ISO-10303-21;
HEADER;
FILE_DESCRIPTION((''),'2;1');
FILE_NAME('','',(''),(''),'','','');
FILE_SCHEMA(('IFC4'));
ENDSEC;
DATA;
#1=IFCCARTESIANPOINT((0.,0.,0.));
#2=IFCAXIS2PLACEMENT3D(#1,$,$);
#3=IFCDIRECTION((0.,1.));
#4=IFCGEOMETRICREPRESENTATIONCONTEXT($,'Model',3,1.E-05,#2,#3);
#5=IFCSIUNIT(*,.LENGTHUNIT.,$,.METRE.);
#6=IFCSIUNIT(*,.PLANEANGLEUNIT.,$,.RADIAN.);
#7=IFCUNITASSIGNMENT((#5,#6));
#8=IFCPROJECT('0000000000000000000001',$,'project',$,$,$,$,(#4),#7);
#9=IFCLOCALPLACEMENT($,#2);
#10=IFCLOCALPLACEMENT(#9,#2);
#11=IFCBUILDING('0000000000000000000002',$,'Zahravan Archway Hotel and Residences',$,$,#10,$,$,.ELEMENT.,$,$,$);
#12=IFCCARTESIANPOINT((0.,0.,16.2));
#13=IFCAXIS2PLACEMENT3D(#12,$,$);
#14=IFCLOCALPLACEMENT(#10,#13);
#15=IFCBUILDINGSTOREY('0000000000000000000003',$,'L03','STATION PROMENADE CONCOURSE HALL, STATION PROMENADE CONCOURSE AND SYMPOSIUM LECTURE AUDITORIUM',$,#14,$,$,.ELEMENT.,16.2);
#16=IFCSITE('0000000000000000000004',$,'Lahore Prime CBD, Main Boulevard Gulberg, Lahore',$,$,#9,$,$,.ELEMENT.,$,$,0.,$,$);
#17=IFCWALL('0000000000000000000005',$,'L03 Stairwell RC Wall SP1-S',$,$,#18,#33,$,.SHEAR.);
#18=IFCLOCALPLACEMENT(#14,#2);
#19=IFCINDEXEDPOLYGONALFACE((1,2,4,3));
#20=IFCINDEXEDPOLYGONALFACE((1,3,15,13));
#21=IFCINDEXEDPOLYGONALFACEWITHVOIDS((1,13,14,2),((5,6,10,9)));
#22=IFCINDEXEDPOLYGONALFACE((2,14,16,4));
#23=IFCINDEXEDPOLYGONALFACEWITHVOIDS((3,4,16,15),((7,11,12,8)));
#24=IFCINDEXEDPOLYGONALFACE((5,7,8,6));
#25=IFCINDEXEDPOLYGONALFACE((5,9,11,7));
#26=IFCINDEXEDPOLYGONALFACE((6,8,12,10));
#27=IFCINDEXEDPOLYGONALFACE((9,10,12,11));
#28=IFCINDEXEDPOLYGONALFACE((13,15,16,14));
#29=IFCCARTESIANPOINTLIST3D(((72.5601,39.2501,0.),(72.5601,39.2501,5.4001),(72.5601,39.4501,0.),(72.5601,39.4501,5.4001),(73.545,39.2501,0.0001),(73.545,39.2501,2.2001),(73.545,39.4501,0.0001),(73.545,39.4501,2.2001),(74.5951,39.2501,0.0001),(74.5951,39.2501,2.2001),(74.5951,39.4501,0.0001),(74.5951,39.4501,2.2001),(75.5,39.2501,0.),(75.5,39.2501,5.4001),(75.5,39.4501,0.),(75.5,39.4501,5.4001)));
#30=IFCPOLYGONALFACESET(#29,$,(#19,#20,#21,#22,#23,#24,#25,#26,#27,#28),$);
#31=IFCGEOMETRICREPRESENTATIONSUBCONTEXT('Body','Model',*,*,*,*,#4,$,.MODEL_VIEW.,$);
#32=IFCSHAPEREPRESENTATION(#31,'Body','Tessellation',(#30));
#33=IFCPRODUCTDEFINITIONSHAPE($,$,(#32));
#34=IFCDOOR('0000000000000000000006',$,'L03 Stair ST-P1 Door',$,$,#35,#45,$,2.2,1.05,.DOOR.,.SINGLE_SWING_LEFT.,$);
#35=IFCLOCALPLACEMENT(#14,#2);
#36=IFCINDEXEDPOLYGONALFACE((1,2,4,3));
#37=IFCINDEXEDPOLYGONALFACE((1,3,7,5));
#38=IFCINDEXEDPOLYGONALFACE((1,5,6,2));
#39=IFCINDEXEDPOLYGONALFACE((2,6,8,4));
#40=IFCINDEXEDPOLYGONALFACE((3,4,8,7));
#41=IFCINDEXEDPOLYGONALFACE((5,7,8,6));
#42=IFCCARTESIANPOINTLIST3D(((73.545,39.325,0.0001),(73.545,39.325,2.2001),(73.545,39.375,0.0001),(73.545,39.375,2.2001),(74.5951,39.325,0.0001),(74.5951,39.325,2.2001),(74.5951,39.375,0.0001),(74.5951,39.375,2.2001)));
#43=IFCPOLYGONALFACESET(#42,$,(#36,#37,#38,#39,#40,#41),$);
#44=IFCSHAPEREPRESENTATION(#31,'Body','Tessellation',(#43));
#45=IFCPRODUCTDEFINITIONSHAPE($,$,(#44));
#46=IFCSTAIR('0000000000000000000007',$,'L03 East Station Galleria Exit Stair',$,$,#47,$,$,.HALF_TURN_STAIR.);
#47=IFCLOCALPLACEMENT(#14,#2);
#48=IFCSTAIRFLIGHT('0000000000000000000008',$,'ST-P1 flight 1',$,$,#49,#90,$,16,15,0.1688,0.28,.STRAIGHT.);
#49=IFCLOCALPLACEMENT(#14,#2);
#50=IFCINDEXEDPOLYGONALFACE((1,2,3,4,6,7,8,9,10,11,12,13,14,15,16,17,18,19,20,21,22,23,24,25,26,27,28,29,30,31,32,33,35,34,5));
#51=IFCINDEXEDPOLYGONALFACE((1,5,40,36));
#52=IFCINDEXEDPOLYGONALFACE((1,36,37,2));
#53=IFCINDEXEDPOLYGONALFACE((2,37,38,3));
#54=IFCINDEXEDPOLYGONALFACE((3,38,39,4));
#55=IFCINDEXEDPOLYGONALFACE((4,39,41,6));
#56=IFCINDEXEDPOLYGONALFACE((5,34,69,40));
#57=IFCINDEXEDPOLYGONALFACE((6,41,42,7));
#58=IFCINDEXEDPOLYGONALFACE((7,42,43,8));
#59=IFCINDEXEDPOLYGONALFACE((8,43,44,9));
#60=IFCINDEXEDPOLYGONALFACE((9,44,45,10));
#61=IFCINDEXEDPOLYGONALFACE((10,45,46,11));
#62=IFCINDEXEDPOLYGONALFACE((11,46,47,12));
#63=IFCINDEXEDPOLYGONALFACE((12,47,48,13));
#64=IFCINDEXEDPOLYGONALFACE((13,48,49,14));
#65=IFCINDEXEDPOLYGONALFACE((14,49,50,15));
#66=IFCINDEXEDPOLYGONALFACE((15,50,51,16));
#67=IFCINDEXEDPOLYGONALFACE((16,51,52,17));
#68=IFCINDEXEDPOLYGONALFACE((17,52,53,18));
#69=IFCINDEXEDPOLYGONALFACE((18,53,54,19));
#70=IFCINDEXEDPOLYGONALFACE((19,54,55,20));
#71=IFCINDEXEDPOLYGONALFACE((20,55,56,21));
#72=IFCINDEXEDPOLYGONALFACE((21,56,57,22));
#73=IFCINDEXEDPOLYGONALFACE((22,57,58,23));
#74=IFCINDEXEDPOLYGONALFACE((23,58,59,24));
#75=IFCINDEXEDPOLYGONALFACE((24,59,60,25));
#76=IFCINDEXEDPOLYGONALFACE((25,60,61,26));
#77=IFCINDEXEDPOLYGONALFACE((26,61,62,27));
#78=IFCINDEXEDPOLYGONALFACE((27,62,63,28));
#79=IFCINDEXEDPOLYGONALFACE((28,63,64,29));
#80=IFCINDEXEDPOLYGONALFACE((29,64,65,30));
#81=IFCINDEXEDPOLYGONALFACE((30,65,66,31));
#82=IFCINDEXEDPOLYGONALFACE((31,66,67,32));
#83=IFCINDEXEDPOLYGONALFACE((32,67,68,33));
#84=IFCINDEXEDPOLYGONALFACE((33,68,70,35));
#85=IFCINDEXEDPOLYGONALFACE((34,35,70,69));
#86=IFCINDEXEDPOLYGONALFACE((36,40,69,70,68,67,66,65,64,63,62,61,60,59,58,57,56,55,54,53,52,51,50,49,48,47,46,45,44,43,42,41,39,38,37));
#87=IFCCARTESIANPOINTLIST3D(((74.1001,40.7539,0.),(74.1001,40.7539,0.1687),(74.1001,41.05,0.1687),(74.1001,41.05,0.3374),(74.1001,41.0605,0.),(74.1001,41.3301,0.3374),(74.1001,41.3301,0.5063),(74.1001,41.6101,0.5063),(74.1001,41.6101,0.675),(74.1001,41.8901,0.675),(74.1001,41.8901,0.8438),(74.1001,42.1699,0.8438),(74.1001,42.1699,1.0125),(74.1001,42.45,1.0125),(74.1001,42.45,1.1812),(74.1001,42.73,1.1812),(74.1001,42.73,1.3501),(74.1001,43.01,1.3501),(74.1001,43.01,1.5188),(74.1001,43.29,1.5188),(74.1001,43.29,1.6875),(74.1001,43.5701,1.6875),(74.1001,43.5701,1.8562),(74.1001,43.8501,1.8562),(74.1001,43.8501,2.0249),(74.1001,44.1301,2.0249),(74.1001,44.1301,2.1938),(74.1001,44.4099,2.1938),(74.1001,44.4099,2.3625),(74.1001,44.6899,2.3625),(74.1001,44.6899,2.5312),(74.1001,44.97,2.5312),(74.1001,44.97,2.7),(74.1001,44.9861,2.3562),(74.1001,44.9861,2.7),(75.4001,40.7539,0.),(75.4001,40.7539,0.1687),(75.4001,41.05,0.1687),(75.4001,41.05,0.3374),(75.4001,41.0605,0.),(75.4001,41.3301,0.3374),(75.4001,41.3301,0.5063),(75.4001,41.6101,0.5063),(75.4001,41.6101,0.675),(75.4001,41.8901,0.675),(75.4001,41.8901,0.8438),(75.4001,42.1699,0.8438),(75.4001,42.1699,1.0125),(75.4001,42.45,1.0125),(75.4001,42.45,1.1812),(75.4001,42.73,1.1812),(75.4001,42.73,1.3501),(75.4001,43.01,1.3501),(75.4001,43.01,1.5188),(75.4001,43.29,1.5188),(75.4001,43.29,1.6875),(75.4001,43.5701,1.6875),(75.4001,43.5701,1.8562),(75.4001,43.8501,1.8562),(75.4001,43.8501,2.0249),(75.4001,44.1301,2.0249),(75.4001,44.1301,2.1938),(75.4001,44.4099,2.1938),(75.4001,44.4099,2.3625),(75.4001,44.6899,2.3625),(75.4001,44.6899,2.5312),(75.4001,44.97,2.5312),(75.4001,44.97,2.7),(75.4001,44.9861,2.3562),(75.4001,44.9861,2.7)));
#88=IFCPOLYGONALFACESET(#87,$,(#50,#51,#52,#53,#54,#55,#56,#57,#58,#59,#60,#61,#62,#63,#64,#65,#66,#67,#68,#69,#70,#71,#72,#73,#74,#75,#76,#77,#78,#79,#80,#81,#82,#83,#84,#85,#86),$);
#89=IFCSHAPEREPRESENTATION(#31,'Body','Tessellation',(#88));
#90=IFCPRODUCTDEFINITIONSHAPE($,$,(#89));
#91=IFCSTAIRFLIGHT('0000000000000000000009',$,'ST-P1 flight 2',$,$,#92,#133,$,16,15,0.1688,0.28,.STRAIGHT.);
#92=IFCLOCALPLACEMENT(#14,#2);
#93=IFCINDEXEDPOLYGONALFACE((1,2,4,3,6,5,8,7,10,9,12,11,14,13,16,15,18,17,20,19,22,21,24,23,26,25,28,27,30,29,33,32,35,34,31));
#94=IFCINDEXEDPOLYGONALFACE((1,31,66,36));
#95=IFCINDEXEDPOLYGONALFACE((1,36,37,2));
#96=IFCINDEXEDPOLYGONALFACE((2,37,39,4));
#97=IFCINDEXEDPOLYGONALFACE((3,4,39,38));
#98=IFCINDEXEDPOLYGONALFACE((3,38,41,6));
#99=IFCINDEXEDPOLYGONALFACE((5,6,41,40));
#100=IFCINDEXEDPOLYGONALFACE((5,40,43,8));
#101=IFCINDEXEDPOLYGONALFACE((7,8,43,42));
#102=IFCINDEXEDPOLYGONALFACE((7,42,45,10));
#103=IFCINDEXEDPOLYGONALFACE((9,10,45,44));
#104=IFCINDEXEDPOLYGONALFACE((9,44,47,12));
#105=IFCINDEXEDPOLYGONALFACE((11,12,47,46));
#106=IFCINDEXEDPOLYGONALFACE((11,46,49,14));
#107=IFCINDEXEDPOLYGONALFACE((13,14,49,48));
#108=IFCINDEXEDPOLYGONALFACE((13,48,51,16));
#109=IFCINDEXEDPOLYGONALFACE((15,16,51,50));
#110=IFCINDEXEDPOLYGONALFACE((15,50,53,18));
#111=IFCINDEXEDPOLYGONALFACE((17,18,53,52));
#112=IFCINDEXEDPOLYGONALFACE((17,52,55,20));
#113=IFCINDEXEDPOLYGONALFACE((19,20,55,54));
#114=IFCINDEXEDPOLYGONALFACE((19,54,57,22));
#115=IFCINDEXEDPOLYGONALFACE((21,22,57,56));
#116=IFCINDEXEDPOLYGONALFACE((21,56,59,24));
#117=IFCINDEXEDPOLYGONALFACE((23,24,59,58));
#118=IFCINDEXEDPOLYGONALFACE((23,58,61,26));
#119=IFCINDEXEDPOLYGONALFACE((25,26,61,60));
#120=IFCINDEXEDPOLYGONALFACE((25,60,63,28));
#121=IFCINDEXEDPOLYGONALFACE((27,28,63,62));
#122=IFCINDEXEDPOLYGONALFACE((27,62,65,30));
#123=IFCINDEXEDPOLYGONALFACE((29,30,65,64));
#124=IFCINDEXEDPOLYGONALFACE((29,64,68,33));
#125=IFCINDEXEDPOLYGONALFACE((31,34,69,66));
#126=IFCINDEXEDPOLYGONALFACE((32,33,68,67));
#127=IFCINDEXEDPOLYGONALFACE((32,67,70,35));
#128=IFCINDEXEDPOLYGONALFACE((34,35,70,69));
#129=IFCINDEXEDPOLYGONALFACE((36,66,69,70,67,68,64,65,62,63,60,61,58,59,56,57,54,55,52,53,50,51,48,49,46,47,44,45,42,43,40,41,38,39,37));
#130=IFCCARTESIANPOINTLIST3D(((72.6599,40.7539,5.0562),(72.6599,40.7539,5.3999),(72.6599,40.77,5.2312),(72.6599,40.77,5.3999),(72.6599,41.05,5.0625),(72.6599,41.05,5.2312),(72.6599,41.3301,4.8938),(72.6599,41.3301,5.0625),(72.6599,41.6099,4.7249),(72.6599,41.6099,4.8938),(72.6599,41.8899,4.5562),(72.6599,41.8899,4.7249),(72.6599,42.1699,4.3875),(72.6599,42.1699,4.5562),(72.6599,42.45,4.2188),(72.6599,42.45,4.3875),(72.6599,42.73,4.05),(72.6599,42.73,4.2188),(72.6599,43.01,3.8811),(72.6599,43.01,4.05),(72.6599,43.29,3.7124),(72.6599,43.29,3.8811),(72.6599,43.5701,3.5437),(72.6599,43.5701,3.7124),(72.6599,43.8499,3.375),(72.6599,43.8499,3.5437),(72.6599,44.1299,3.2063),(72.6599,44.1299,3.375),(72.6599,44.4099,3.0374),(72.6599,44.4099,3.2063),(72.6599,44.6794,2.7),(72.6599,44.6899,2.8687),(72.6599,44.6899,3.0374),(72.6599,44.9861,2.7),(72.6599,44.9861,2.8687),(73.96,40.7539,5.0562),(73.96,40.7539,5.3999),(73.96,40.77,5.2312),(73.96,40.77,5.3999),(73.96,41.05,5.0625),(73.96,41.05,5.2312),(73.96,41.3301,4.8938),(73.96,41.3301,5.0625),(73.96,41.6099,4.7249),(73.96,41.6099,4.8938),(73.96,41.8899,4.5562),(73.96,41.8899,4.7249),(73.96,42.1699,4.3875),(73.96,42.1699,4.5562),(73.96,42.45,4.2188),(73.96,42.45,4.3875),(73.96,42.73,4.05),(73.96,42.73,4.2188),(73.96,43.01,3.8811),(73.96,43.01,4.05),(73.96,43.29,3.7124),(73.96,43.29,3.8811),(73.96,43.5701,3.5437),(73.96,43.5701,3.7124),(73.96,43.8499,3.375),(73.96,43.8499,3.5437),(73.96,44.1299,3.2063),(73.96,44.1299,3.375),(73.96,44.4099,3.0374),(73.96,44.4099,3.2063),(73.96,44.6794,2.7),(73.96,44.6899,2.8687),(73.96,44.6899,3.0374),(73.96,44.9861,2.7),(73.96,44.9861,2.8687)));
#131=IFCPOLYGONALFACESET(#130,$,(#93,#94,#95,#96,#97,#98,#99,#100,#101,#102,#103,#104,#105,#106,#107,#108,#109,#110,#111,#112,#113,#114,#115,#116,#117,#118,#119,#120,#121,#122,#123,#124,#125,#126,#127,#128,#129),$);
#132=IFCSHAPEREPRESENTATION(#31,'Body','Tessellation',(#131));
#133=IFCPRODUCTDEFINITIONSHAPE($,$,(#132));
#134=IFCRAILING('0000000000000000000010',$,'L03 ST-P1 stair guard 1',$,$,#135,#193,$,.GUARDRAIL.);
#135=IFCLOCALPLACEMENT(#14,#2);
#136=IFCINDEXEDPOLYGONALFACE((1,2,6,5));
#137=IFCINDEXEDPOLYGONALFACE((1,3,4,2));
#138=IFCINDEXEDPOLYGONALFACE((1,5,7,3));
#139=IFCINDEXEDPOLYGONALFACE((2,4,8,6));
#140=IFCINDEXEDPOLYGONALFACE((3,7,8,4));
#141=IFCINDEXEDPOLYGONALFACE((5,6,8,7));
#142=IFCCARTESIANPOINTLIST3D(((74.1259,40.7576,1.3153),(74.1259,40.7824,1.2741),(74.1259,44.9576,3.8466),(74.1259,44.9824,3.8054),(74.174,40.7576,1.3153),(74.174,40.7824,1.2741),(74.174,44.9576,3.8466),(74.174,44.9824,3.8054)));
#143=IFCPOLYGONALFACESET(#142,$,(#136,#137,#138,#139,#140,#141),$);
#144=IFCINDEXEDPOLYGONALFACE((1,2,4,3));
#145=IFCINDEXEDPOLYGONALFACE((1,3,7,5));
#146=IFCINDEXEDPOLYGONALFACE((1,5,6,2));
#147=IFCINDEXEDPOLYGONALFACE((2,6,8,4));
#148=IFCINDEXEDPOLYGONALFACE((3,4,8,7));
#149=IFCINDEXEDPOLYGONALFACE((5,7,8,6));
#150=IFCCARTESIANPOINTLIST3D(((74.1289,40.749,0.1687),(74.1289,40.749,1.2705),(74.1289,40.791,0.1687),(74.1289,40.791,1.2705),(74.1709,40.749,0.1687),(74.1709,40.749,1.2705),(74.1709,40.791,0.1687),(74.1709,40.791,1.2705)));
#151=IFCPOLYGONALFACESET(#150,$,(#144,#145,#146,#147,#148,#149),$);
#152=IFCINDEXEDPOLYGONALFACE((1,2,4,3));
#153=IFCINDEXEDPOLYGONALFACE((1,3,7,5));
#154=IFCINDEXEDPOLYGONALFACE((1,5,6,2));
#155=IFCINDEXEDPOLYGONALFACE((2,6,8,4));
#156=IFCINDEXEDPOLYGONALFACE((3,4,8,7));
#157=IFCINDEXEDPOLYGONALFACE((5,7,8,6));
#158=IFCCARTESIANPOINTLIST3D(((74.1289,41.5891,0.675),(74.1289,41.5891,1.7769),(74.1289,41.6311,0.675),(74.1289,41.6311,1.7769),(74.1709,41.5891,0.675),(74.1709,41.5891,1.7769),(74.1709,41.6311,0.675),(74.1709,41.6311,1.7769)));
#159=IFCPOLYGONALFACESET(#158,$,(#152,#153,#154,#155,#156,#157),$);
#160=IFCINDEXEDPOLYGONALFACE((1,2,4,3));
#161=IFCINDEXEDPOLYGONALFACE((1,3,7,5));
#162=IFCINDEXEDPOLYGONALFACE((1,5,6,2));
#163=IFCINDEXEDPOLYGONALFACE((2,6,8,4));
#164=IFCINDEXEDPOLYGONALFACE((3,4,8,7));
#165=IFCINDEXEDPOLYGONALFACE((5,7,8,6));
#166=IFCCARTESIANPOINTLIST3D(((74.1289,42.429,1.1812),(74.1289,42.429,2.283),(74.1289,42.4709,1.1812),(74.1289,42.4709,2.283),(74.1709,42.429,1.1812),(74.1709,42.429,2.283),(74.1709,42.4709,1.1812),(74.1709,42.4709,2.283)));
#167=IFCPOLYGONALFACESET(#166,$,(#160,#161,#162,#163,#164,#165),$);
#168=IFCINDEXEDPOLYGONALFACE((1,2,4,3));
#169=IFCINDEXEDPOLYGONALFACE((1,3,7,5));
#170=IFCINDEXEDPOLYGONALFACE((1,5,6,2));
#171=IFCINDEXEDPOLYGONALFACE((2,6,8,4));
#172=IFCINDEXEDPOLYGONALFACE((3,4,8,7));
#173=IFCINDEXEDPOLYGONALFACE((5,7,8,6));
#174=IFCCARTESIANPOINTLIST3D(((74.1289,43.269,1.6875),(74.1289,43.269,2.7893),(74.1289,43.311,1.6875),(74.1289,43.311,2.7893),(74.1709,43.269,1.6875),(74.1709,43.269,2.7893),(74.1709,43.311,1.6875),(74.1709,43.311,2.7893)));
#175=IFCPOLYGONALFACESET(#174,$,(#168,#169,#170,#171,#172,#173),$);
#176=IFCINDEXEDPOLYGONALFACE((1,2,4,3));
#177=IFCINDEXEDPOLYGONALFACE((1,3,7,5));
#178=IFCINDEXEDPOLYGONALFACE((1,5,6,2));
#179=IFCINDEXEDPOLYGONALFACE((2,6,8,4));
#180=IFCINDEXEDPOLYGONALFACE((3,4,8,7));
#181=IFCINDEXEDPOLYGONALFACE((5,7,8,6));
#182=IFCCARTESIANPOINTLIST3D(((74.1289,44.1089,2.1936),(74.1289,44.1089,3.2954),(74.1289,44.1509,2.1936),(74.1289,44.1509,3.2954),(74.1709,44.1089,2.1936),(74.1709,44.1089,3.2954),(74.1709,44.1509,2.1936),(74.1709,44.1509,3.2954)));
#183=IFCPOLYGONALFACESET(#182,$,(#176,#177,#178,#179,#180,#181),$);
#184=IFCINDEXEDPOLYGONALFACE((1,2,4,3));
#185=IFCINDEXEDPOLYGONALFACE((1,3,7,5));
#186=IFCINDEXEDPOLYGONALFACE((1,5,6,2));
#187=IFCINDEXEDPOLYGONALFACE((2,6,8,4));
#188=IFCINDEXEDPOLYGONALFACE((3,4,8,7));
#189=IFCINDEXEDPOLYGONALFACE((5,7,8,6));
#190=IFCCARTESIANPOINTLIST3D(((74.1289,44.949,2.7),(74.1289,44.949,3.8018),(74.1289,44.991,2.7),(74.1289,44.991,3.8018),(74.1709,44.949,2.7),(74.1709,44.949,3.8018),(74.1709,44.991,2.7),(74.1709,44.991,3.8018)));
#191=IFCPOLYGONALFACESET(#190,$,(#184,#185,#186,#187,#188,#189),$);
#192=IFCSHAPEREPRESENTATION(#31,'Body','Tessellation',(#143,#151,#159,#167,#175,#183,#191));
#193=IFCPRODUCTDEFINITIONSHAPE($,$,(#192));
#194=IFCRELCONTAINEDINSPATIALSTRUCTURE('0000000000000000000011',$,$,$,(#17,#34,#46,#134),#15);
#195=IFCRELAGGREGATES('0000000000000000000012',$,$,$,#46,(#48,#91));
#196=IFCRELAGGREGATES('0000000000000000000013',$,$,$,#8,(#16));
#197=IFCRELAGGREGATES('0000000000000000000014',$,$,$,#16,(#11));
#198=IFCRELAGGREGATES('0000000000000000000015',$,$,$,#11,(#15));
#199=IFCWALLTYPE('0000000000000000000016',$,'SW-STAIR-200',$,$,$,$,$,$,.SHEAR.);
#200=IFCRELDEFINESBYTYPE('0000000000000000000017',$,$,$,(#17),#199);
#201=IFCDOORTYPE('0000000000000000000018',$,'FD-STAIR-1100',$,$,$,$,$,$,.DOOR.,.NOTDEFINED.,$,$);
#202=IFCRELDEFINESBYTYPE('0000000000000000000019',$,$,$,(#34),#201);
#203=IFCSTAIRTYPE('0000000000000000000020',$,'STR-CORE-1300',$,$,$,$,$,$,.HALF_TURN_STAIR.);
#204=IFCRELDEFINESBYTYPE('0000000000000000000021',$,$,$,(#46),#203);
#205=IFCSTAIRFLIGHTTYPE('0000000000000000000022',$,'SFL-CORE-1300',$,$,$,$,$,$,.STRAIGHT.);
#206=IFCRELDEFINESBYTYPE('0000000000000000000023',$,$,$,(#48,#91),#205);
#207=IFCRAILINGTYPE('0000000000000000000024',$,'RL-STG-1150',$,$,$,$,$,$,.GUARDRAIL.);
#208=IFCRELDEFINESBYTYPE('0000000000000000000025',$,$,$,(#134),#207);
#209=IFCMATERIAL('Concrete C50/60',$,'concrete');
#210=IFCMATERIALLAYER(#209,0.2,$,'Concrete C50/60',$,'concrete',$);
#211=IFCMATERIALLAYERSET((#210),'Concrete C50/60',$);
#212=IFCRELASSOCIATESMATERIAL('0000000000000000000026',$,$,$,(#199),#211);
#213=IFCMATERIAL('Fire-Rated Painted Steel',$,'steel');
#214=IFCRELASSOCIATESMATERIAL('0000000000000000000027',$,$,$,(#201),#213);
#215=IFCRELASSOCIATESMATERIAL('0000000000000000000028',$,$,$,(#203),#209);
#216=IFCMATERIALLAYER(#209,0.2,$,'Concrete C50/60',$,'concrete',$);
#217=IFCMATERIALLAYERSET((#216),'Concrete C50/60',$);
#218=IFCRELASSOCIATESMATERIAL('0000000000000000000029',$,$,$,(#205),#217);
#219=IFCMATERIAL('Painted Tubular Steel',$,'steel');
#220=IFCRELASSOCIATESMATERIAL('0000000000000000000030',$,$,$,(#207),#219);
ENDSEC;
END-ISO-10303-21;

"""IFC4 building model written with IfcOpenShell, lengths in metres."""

from ifc_helpers import new_model, si_unit, direction, frame, frame_2d, origin, origin_2d, place, context, subcontext, project, spatial, polyline, rectangle, outline, extrude, source, transform, mapped, material, layer, layer_set, type_object, type_shapes, element, fill, aggregate, save


model = new_model("IFC4")

# Units and contexts
model_context = context("Model", 3, precision=1e-05, world=origin(), true_north=direction((0.0, 1.0)))
body_context = subcontext(model_context, "Body", "Model", "MODEL_VIEW")
ifc_project = project(units=[si_unit("LENGTHUNIT", "METRE"), si_unit("PLANEANGLEUNIT", "RADIAN")], contexts=[model_context])

# Site, building, storey
site_placement = place(None, origin())
site = spatial("IfcSite", under=ifc_project, at=site_placement, Name="Lahore Prime CBD, Main Boulevard Gulberg, Lahore", CompositionType="ELEMENT", RefElevation=0.0)
building_placement = place(site_placement, origin())
building = spatial("IfcBuilding", under=site, at=building_placement, Name="Zahravan Archway Hotel and Residences", CompositionType="ELEMENT")
storey_placement = place(building_placement, frame((0.0, 0.0, 16.2)))
storey = spatial("IfcBuildingStorey", under=building, at=storey_placement, Name="L03", Description="STATION PROMENADE CONCOURSE HALL, STATION PROMENADE CONCOURSE AND SYMPOSIUM LECTURE AUDITORIUM", CompositionType="ELEMENT", Elevation=16.2)

# Shared definitions
ifc_material_1 = material(Name="Concrete C50/60", Category="concrete")
ifc_layer_1 = layer(ifc_material_1, 0.2, Name="Concrete C50/60", Category="concrete")
ifc_layer_set_1 = layer_set([ifc_layer_1], Name="Concrete C50/60")
wall_type_1 = type_object("IfcWallType", Name="SW-STAIR-200", PredefinedType="SHEAR", material=ifc_layer_set_1)

# Wall, opening, door
wall_1_placement = place(storey_placement, frame((72.5601, 39.3501, 0.0), z_axis=(0.0, 0.0, 1.0), x_axis=(1.0, 0.0, 0.0)))
wall_1 = element("IfcWall", 1, at=wall_1_placement, inside=storey, type_object=wall_type_1, Name="L03 Stairwell RC Wall SP1-S", PredefinedType="SHEAR", context=body_context, shape_type="SweptSolid", body=[
    extrude(rectangle(XDim=2.9399, YDim=0.2, at=frame_2d((1.47, 0.0))), origin(), (0.0, 0.0, 1.0), 5.4001),
])
opening_placement = place(wall_1_placement, frame((0.9851, 0.0, 0.0)))
opening = element("IfcOpeningElement", 2, at=opening_placement, cuts=wall_1, PredefinedType="OPENING", context=body_context, shape_type="SweptSolid", body=[
    extrude(rectangle(XDim=1.05, YDim=2.2, at=frame_2d((0.5249, 1.1001))), frame((0.0, 0.1099, 0.0), z_axis=(0.0, -1.0, 0.0), x_axis=(1.0, 0.0, 0.0)), (0.0, 0.0, 1.0), 0.22),
])
ifc_material_2 = material(Name="Fire-Rated Painted Steel", Category="steel")
door_type = type_object("IfcDoorType", Name="FD-STAIR-1100", OperationType="NOTDEFINED", PredefinedType="DOOR", material=ifc_material_2)
shared_shape_1 = source(origin(), body_context, "Body", "SweptSolid", [
    extrude(rectangle(XDim=1.05, YDim=2.2, at=frame_2d((0.5249, 1.1001))), frame((0.0, 0.0249, 0.0), z_axis=(0.0, -1.0, 0.0), x_axis=(1.0, 0.0, 0.0)), (0.0, 0.0, 1.0), 0.05),
])
type_shapes(door_type, [shared_shape_1])
door_placement = place(opening_placement, origin())
door = element("IfcDoor", 3, at=door_placement, inside=storey, type_object=door_type, Name="L03 Stair ST-P1 Door", OperationType="SINGLE_SWING_LEFT", OverallHeight=2.2, OverallWidth=1.05, PredefinedType="DOOR", context=body_context, shape_type="MappedRepresentation", body=[
    mapped(shared_shape_1, transform((0.0, 0.0, 0.0), scale=1.0)),
])
fill(opening, door)

# Stair, stair flights
stair_type = type_object("IfcStairType", Name="STR-CORE-1300", PredefinedType="HALF_TURN_STAIR", material=ifc_material_1)
stair_placement = place(storey_placement, origin())
stair = element("IfcStair", 4, at=stair_placement, inside=storey, type_object=stair_type, Name="L03 East Station Galleria Exit Stair", PredefinedType="HALF_TURN_STAIR")
ifc_layer_2 = layer(ifc_material_1, 0.2, Name="Concrete C50/60", Category="concrete")
ifc_layer_set_2 = layer_set([ifc_layer_2], Name="Concrete C50/60")
stair_flight_type = type_object("IfcStairFlightType", Name="SFL-CORE-1300", PredefinedType="STRAIGHT", material=ifc_layer_set_2)
shared_shape_2 = source(origin(), body_context, "Body", "SweptSolid", [
    extrude(outline(polyline([(-0.0161, 0.0), (-0.0161, 0.1687), (0.28, 0.1687), (0.28, 0.3374), (0.5601, 0.3374), (0.5601, 0.5063), (0.8401, 0.5063), (0.8401, 0.675), (1.1201, 0.675), (1.1201, 0.8438), (1.3999, 0.8438), (1.3999, 1.0125), (1.6799, 1.0125), (1.6799, 1.1812), (1.96, 1.1812), (1.96, 1.3501), (2.24, 1.3501), (2.24, 1.5188), (2.52, 1.5188), (2.52, 1.6875), (2.8, 1.6875), (2.8, 1.8562), (3.0801, 1.8562), (3.0801, 2.0249), (3.3601, 2.0249), (3.3601, 2.1938), (3.6399, 2.1938), (3.6399, 2.3625), (3.9199, 2.3625), (3.9199, 2.5312), (4.2, 2.5312), (4.2, 2.7), (4.2161, 2.7), (4.2161, 2.3562), (0.2905, 0.0), (-0.0161, 0.0)])), frame((0.0, 0.6499, 0.0), z_axis=(0.0, -1.0, 0.0), x_axis=(1.0, 0.0, 0.0)), (0.0, 0.0, 1.0), 1.3),
])
stair_flight_1_placement = place(storey_placement, frame((74.75, 40.77, 0.0), z_axis=(0.0, 0.0, 1.0), x_axis=(0.0, 1.0, 0.0)))
stair_flight_1 = element("IfcStairFlight", 5, at=stair_flight_1_placement, type_object=stair_flight_type, Name="ST-P1 flight 1", NumberOfRisers=16, NumberOfTreads=15, PredefinedType="STRAIGHT", RiserHeight=0.1688, TreadLength=0.28, context=body_context, shape_type="MappedRepresentation", body=[
    mapped(shared_shape_2, transform((0.0, 0.0, 0.0), scale=1.0)),
])
stair_flight_2_placement = place(storey_placement, frame((73.3101, 44.97, 2.7), z_axis=(0.0, 0.0, 1.0), x_axis=(0.0, -1.0, 0.0)))
stair_flight_2 = element("IfcStairFlight", 6, at=stair_flight_2_placement, type_object=stair_flight_type, Name="ST-P1 flight 2", NumberOfRisers=16, NumberOfTreads=15, PredefinedType="STRAIGHT", RiserHeight=0.1688, TreadLength=0.28, context=body_context, shape_type="MappedRepresentation", body=[
    mapped(shared_shape_2, transform((0.0, 0.0, 0.0), scale=1.0)),
])
aggregate(stair, [stair_flight_1, stair_flight_2])

# Railing
ifc_material_3 = material(Name="Painted Tubular Steel", Category="steel")
railing_type_1 = type_object("IfcRailingType", Name="RL-STG-1150", PredefinedType="GUARDRAIL", material=ifc_material_3)
railing_1_placement = place(storey_placement, frame((74.1499, 40.77, 0.1687)))
element("IfcRailing", 7, at=railing_1_placement, inside=storey, type_object=railing_type_1, Name="L03 ST-P1 stair guard 1", PredefinedType="GUARDRAIL", context=body_context, shape_type="SweptSolid", body=[
    extrude(rectangle(XDim=0.0481, YDim=0.0481, at=origin_2d()), frame((0.0, 0.0, 1.126), z_axis=(0.0, 0.856476, 0.516186), x_axis=(-1.0, 0.0, 0.0)), (0.0, 0.0, 1.0), 4.9038),
    extrude(rectangle(XDim=0.042, YDim=0.042, at=origin_2d()), origin(), (0.0, 0.0, 1.0), 1.1018),
    extrude(rectangle(XDim=0.042, YDim=0.042, at=origin_2d()), frame((0.0, 0.8401, 0.5063)), (0.0, 0.0, 1.0), 1.1018),
    extrude(rectangle(XDim=0.042, YDim=0.042, at=origin_2d()), frame((0.0, 1.6799, 1.0125)), (0.0, 0.0, 1.0), 1.1018),
    extrude(rectangle(XDim=0.042, YDim=0.042, at=origin_2d()), frame((0.0, 2.52, 1.5188)), (0.0, 0.0, 1.0), 1.1018),
    extrude(rectangle(XDim=0.042, YDim=0.042, at=origin_2d()), frame((0.0, 3.3599, 2.0249)), (0.0, 0.0, 1.0), 1.1018),
    extrude(rectangle(XDim=0.042, YDim=0.042, at=origin_2d()), frame((0.0, 4.2, 2.5312)), (0.0, 0.0, 1.0), 1.1018),
])

save(model, "model.ifc")
